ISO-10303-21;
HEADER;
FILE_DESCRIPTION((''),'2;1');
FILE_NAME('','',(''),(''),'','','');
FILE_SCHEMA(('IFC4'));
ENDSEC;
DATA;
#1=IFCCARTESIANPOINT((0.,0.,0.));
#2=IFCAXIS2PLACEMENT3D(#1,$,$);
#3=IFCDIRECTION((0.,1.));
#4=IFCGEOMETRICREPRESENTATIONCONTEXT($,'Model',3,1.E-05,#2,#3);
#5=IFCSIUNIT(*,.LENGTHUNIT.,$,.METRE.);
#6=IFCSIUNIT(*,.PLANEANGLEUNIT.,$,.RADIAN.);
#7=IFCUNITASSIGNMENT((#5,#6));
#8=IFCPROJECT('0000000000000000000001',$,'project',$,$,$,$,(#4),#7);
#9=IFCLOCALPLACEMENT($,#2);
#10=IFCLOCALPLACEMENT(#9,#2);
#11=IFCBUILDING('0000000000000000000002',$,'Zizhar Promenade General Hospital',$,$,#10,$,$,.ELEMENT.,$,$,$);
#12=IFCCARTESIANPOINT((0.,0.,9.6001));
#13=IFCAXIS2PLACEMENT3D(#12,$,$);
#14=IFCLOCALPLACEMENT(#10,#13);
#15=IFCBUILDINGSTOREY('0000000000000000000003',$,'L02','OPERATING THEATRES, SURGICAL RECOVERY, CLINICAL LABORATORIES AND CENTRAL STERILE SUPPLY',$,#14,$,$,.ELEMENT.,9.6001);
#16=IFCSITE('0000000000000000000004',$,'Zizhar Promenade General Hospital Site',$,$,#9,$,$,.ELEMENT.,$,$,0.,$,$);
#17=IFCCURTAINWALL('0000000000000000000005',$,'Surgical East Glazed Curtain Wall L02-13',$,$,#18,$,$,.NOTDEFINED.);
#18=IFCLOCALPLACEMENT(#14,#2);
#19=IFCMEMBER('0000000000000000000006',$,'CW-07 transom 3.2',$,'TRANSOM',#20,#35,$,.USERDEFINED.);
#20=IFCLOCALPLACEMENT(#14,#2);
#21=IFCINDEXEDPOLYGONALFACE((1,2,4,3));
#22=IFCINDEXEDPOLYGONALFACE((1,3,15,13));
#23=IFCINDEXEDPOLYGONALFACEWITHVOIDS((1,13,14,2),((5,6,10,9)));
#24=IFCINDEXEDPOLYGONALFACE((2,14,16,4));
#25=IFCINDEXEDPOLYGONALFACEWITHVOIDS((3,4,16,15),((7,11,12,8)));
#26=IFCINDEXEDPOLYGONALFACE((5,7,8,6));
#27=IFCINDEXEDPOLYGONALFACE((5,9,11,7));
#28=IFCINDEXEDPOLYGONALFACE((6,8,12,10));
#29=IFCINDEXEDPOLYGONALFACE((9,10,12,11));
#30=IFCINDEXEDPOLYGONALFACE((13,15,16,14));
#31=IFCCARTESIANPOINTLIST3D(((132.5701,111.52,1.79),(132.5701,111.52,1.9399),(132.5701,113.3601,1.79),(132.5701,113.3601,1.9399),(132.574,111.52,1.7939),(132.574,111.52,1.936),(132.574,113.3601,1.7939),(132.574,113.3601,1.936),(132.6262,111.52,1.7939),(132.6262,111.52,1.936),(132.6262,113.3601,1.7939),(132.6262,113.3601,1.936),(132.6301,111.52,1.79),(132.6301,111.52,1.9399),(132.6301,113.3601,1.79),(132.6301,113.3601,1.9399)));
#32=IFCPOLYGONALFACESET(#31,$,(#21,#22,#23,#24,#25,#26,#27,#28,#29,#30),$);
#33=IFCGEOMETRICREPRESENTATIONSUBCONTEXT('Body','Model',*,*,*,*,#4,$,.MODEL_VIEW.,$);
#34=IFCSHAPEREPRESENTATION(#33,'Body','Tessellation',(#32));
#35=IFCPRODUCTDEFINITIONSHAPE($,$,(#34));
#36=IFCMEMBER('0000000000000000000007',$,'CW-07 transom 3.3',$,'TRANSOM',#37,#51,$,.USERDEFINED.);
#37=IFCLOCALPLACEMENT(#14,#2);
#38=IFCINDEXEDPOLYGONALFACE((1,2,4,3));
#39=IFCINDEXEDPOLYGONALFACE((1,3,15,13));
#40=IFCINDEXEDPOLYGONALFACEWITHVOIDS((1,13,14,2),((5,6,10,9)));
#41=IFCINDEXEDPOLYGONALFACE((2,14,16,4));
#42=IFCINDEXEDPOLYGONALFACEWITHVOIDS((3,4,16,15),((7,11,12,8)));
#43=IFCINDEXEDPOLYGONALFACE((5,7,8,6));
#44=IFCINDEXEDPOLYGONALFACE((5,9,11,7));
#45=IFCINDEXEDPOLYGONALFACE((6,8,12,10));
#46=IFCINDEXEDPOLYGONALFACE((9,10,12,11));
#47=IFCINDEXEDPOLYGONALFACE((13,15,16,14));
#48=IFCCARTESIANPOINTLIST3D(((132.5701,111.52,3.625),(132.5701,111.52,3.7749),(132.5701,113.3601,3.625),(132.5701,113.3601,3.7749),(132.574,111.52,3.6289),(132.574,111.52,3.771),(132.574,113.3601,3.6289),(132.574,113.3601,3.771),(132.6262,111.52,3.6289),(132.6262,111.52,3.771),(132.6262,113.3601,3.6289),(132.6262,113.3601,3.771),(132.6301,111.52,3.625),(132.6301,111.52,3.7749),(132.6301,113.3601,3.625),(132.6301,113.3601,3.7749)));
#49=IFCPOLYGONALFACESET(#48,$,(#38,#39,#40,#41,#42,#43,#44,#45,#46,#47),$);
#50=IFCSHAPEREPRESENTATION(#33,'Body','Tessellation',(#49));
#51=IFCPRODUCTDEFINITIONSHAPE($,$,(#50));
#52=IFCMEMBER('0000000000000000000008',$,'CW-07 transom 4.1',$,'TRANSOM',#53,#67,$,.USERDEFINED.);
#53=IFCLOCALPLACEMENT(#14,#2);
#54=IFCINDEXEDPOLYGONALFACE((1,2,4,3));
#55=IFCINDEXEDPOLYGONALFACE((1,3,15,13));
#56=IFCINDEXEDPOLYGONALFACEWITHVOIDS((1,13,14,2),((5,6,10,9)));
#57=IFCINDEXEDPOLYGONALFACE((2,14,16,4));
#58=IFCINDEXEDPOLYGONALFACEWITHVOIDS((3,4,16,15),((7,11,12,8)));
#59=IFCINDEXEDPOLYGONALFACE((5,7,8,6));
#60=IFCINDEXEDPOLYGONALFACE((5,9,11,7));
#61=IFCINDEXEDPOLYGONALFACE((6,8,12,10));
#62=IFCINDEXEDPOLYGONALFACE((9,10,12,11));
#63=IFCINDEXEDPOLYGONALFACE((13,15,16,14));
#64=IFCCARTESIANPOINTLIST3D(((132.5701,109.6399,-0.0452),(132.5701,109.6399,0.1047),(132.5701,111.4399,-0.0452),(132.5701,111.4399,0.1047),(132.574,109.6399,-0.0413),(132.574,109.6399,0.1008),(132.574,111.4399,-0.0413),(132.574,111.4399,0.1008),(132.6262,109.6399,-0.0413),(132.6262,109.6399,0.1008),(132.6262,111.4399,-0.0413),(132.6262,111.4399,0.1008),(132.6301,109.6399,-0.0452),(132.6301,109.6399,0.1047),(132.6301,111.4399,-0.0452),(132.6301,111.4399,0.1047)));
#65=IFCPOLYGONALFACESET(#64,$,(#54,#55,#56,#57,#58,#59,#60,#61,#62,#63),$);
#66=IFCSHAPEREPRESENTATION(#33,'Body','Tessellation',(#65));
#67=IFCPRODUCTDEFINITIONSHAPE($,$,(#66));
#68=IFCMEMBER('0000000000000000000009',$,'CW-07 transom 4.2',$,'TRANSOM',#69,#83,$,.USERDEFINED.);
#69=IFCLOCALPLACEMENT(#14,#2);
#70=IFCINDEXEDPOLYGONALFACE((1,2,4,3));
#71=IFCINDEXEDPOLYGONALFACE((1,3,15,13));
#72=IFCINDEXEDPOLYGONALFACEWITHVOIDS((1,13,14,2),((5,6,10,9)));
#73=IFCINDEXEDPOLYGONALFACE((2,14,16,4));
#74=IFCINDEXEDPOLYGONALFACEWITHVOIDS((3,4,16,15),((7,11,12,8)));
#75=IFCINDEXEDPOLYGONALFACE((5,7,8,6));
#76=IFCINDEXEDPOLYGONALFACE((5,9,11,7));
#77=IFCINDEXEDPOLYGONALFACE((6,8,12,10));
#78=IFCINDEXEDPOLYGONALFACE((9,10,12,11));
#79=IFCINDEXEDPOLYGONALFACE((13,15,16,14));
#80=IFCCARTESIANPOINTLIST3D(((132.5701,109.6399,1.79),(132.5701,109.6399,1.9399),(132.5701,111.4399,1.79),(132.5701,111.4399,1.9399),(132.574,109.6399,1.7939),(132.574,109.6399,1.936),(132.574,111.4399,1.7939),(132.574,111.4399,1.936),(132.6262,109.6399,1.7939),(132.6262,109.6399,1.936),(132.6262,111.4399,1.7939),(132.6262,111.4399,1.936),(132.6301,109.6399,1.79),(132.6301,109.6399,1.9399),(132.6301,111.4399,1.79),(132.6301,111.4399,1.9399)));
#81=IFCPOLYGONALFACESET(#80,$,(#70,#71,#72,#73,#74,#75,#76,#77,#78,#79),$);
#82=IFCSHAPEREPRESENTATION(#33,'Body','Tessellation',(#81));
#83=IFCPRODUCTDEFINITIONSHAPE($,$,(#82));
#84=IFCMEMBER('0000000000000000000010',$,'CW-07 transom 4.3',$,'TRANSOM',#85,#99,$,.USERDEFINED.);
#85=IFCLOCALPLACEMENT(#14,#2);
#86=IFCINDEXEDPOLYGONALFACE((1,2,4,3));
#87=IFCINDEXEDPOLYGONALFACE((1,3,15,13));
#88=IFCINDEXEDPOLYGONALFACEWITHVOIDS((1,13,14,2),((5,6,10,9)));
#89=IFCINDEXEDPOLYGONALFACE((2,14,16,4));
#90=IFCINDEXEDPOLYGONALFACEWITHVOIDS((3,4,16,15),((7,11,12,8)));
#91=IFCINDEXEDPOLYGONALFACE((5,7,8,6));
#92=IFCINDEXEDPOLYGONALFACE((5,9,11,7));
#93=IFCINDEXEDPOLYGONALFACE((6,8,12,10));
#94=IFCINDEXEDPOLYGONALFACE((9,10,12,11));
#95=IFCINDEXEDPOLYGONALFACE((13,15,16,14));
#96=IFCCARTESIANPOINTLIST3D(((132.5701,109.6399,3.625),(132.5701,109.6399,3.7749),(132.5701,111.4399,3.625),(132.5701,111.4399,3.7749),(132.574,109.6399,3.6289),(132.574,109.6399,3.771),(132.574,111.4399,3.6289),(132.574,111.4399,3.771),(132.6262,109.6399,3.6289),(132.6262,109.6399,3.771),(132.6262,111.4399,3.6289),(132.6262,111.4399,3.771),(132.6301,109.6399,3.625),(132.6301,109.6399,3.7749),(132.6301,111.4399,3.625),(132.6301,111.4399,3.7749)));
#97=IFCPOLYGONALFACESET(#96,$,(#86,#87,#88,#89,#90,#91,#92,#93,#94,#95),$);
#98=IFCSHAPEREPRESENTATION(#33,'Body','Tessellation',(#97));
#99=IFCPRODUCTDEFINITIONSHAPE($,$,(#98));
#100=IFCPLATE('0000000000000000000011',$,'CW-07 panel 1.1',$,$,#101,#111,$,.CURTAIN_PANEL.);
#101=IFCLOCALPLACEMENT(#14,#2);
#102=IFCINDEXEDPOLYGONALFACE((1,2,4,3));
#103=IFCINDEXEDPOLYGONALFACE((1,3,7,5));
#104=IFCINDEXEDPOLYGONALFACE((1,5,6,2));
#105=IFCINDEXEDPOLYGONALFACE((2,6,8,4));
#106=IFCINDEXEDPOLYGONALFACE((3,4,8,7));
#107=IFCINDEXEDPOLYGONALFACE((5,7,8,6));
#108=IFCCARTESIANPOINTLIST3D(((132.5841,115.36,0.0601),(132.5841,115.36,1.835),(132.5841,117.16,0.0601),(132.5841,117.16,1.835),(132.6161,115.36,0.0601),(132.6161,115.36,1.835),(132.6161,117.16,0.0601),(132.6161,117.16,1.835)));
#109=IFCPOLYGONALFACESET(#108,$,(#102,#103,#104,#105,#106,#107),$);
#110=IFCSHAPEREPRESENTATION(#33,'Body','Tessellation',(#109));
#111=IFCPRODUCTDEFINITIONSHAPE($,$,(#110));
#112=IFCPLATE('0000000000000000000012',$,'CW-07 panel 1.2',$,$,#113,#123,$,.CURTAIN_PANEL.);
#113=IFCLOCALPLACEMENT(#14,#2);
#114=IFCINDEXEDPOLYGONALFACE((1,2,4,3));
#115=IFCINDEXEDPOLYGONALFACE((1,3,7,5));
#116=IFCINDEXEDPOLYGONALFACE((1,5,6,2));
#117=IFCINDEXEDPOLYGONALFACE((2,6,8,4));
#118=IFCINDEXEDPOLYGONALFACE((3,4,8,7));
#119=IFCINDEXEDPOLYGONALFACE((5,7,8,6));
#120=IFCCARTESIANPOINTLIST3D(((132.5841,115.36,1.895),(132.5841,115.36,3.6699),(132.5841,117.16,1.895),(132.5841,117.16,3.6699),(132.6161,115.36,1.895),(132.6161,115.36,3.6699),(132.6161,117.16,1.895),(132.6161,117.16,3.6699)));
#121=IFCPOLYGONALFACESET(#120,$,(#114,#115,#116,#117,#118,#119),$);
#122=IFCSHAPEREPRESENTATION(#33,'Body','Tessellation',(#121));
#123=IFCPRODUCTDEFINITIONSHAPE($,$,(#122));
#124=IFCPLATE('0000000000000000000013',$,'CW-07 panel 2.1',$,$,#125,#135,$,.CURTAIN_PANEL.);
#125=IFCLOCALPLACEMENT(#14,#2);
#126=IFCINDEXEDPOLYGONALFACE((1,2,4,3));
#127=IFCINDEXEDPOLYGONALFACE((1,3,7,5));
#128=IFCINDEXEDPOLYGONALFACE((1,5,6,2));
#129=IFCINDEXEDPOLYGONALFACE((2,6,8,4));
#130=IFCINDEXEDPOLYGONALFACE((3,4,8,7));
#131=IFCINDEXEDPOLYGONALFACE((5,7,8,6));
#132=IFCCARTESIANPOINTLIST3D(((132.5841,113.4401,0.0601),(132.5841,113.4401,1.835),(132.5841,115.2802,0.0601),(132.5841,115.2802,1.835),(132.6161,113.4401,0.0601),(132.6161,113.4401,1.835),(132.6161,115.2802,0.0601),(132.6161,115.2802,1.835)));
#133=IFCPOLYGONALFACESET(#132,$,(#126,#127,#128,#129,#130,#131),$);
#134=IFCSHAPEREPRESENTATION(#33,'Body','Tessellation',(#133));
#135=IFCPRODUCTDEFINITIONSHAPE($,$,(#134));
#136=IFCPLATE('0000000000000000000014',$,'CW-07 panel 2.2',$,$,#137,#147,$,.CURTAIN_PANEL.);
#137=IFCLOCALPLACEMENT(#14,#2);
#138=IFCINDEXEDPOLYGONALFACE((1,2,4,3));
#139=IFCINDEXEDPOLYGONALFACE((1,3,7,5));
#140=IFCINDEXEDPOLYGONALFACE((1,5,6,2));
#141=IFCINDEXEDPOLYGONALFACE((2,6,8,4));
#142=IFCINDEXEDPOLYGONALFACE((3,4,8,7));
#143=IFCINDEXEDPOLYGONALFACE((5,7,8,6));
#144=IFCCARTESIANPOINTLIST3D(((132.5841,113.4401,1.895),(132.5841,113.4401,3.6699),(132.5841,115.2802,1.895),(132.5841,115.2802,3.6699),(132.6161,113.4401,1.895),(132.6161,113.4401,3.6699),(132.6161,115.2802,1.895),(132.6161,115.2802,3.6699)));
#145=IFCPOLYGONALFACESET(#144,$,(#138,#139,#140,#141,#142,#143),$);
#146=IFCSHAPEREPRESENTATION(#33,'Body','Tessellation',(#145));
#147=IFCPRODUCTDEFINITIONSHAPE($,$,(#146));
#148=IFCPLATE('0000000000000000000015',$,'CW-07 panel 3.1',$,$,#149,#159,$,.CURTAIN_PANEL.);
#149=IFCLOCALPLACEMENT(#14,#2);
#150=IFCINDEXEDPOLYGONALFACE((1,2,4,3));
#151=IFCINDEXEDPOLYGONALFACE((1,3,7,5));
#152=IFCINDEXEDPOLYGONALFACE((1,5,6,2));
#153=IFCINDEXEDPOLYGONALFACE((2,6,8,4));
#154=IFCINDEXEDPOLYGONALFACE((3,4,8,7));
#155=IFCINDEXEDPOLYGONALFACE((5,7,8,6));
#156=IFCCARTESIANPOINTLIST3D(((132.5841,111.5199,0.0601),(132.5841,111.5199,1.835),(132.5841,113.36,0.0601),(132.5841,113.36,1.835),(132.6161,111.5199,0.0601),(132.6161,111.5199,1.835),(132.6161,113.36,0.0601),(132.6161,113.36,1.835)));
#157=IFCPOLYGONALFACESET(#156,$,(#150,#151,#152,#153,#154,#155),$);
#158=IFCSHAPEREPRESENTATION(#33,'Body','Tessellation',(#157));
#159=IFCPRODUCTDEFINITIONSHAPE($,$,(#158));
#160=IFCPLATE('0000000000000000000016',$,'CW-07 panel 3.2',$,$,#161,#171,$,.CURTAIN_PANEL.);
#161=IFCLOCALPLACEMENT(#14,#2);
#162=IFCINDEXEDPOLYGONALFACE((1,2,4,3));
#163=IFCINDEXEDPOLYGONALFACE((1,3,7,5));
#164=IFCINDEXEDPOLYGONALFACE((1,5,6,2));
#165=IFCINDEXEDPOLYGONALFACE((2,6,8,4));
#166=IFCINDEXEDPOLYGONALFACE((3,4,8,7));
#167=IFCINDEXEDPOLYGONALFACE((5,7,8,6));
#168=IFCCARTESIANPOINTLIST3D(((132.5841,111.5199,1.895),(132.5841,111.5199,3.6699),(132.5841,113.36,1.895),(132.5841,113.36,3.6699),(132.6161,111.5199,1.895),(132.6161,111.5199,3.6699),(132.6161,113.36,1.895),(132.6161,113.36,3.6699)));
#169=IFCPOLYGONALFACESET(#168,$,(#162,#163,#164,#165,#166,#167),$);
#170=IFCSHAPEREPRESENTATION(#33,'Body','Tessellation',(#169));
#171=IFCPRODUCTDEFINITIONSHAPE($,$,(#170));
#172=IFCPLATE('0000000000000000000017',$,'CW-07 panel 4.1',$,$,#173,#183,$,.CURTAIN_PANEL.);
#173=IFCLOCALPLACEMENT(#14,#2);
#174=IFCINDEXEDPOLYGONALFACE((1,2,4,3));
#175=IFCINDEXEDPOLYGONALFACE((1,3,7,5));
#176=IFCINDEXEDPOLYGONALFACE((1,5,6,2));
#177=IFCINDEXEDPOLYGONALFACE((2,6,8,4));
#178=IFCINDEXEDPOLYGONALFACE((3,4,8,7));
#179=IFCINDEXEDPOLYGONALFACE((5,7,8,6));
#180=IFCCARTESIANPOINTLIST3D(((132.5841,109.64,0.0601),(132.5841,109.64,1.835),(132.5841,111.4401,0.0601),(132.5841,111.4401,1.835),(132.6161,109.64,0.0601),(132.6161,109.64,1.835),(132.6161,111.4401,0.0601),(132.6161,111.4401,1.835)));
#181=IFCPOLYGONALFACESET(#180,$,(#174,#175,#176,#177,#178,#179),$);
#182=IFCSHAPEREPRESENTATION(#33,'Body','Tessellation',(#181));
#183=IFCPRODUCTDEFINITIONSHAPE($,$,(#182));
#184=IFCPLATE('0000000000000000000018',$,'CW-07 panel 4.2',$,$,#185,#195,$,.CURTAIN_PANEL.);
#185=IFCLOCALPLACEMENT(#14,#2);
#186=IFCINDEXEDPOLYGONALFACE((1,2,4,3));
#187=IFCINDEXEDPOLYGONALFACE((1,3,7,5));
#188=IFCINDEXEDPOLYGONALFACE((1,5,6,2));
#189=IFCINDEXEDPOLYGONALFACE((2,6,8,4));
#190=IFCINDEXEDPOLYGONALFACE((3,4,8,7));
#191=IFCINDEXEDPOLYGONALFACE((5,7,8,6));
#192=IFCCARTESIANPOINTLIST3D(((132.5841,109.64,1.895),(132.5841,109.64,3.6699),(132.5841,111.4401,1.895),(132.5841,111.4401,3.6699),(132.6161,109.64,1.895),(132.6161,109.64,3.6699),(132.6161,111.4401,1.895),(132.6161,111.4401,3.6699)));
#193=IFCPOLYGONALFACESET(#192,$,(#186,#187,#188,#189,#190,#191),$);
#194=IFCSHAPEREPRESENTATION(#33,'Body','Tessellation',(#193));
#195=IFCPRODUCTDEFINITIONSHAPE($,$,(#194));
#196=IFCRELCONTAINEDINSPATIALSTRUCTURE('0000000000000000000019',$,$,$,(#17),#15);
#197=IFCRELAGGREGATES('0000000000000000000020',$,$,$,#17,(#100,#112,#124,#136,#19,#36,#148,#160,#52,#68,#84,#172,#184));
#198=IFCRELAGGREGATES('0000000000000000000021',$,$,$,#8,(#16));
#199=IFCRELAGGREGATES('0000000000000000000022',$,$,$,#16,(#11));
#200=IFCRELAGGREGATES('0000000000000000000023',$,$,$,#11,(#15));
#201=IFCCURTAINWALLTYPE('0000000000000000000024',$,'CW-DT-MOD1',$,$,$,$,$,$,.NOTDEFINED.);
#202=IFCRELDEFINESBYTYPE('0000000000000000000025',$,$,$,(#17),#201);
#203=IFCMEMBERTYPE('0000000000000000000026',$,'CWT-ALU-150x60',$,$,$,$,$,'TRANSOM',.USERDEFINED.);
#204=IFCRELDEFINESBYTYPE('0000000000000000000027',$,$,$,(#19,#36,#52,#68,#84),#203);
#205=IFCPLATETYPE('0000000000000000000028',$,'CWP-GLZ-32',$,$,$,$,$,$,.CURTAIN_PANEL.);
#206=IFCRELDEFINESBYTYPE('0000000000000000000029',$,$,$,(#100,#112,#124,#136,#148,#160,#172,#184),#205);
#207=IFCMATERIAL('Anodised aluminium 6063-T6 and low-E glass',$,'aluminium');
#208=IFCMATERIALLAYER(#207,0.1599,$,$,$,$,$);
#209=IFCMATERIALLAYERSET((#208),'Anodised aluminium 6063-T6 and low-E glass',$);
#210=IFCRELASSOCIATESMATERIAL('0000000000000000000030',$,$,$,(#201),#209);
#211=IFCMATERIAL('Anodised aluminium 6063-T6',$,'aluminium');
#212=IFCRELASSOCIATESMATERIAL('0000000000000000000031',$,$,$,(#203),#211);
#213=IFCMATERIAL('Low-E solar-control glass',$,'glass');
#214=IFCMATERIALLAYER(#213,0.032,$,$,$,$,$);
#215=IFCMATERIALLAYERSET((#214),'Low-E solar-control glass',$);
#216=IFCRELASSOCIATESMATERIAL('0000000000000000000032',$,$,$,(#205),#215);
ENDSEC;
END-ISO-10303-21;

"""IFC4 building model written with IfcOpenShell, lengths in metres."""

from ifc_helpers import new_model, si_unit, direction, frame, origin, origin_2d, place, context, subcontext, project, spatial, rectangle, hollow_rectangle, extrude, material, layer, layer_set, material_profile, profile_set, type_object, element, aggregate, save


model = new_model("IFC4")

# Units and contexts
model_context = context("Model", 3, precision=1e-05, world=origin(), true_north=direction((0.0, 1.0)))
body_context = subcontext(model_context, "Body", "Model", "MODEL_VIEW")
ifc_project = project(units=[si_unit("LENGTHUNIT", "METRE"), si_unit("PLANEANGLEUNIT", "RADIAN")], contexts=[model_context])

# Site, building, storey
site_placement = place(None, origin())
site = spatial("IfcSite", under=ifc_project, at=site_placement, Name="Zizhar Promenade General Hospital Site", CompositionType="ELEMENT", RefElevation=0.0)
building_placement = place(site_placement, origin())
building = spatial("IfcBuilding", under=site, at=building_placement, Name="Zizhar Promenade General Hospital", CompositionType="ELEMENT")
storey_placement = place(building_placement, frame((0.0, 0.0, 9.6001)))
storey = spatial("IfcBuildingStorey", under=building, at=storey_placement, Name="L02", Description="OPERATING THEATRES, SURGICAL RECOVERY, CLINICAL LABORATORIES AND CENTRAL STERILE SUPPLY", CompositionType="ELEMENT", Elevation=9.6001)

# Curtain wall, members, plates
ifc_material_1 = material(Name="Anodised aluminium 6063-T6 and low-E glass", Category="aluminium")
ifc_layer_1 = layer(ifc_material_1, 0.1599)
ifc_layer_set_1 = layer_set([ifc_layer_1], Name="Anodised aluminium 6063-T6 and low-E glass")
curtain_wall_type = type_object("IfcCurtainWallType", Name="CW-DT-MOD1", PredefinedType="NOTDEFINED", material=ifc_layer_set_1)
curtain_wall_placement = place(storey_placement, origin())
curtain_wall = element("IfcCurtainWall", 1, at=curtain_wall_placement, inside=storey, type_object=curtain_wall_type, Name="Surgical East Glazed Curtain Wall L02-13", PredefinedType="NOTDEFINED")
ifc_material_2 = material(Name="Anodised aluminium 6063-T6", Category="aluminium")
ifc_material_profile_1 = material_profile(ifc_material_2, hollow_rectangle(XDim=0.0601, YDim=0.1499, WallThickness=0.0039, at=origin_2d()))
ifc_profile_set_1 = profile_set([ifc_material_profile_1], Name="Anodised aluminium 6063-T6")
member_type_1 = type_object("IfcMemberType", Name="CWT-ALU-150x60", ElementType="TRANSOM", PredefinedType="USERDEFINED", material=ifc_profile_set_1)
member_1_placement = place(storey_placement, frame((132.6001, 113.3601, 1.865), z_axis=(0.0, -1.0, 0.0), x_axis=(1.0, 0.0, 0.0)))
member_1 = element("IfcMember", 2, at=member_1_placement, type_object=member_type_1, Name="CW-07 transom 3.2", ObjectType="TRANSOM", PredefinedType="USERDEFINED", context=body_context, shape_type="SweptSolid", body=[
    extrude(hollow_rectangle(XDim=0.0601, YDim=0.1499, WallThickness=0.0039, at=origin_2d()), origin(), (0.0, 0.0, 1.0), 1.8401),
])
member_2_placement = place(storey_placement, frame((132.6001, 113.3601, 3.7), z_axis=(0.0, -1.0, 0.0), x_axis=(1.0, 0.0, 0.0)))
member_2 = element("IfcMember", 3, at=member_2_placement, type_object=member_type_1, Name="CW-07 transom 3.3", ObjectType="TRANSOM", PredefinedType="USERDEFINED", context=body_context, shape_type="SweptSolid", body=[
    extrude(hollow_rectangle(XDim=0.0601, YDim=0.1499, WallThickness=0.0039, at=origin_2d()), origin(), (0.0, 0.0, 1.0), 1.8401),
])
member_3_placement = place(storey_placement, frame((132.6001, 111.4399, 0.0298), z_axis=(0.0, -1.0, 0.0), x_axis=(1.0, 0.0, 0.0)))
member_3 = element("IfcMember", 4, at=member_3_placement, type_object=member_type_1, Name="CW-07 transom 4.1", ObjectType="TRANSOM", PredefinedType="USERDEFINED", context=body_context, shape_type="SweptSolid", body=[
    extrude(hollow_rectangle(XDim=0.0601, YDim=0.1499, WallThickness=0.0039, at=origin_2d()), origin(), (0.0, 0.0, 1.0), 1.8),
])
member_4_placement = place(storey_placement, frame((132.6001, 111.4399, 1.865), z_axis=(0.0, -1.0, 0.0), x_axis=(1.0, 0.0, 0.0)))
member_4 = element("IfcMember", 5, at=member_4_placement, type_object=member_type_1, Name="CW-07 transom 4.2", ObjectType="TRANSOM", PredefinedType="USERDEFINED", context=body_context, shape_type="SweptSolid", body=[
    extrude(hollow_rectangle(XDim=0.0601, YDim=0.1499, WallThickness=0.0039, at=origin_2d()), origin(), (0.0, 0.0, 1.0), 1.8),
])
member_5_placement = place(storey_placement, frame((132.6001, 111.4399, 3.7), z_axis=(0.0, -1.0, 0.0), x_axis=(1.0, 0.0, 0.0)))
member_5 = element("IfcMember", 6, at=member_5_placement, type_object=member_type_1, Name="CW-07 transom 4.3", ObjectType="TRANSOM", PredefinedType="USERDEFINED", context=body_context, shape_type="SweptSolid", body=[
    extrude(hollow_rectangle(XDim=0.0601, YDim=0.1499, WallThickness=0.0039, at=origin_2d()), origin(), (0.0, 0.0, 1.0), 1.8),
])
ifc_material_3 = material(Name="Low-E solar-control glass", Category="glass")
ifc_layer_2 = layer(ifc_material_3, 0.032)
ifc_layer_set_2 = layer_set([ifc_layer_2], Name="Low-E solar-control glass")
plate_type = type_object("IfcPlateType", Name="CWP-GLZ-32", PredefinedType="CURTAIN_PANEL", material=ifc_layer_set_2)
plate_1_placement = place(storey_placement, frame((132.6001, 116.26, 0.0601), z_axis=(0.0, 0.0, 1.0), x_axis=(0.0, -1.0, 0.0)))
plate_1 = element("IfcPlate", 7, at=plate_1_placement, type_object=plate_type, Name="CW-07 panel 1.1", PredefinedType="CURTAIN_PANEL", context=body_context, shape_type="SweptSolid", body=[
    extrude(rectangle(XDim=1.8, YDim=0.032, at=origin_2d()), origin(), (0.0, 0.0, 1.0), 1.7749),
])
plate_2_placement = place(storey_placement, frame((132.6001, 116.26, 1.895), z_axis=(0.0, 0.0, 1.0), x_axis=(0.0, -1.0, 0.0)))
plate_2 = element("IfcPlate", 8, at=plate_2_placement, type_object=plate_type, Name="CW-07 panel 1.2", PredefinedType="CURTAIN_PANEL", context=body_context, shape_type="SweptSolid", body=[
    extrude(rectangle(XDim=1.8, YDim=0.032, at=origin_2d()), origin(), (0.0, 0.0, 1.0), 1.7749),
])
plate_3_placement = place(storey_placement, frame((132.6001, 114.3601, 0.0601), z_axis=(0.0, 0.0, 1.0), x_axis=(0.0, -1.0, 0.0)))
plate_3 = element("IfcPlate", 9, at=plate_3_placement, type_object=plate_type, Name="CW-07 panel 2.1", PredefinedType="CURTAIN_PANEL", context=body_context, shape_type="SweptSolid", body=[
    extrude(rectangle(XDim=1.8401, YDim=0.032, at=origin_2d()), origin(), (0.0, 0.0, 1.0), 1.7749),
])
plate_4_placement = place(storey_placement, frame((132.6001, 114.3601, 1.895), z_axis=(0.0, 0.0, 1.0), x_axis=(0.0, -1.0, 0.0)))
plate_4 = element("IfcPlate", 10, at=plate_4_placement, type_object=plate_type, Name="CW-07 panel 2.2", PredefinedType="CURTAIN_PANEL", context=body_context, shape_type="SweptSolid", body=[
    extrude(rectangle(XDim=1.8401, YDim=0.032, at=origin_2d()), origin(), (0.0, 0.0, 1.0), 1.7749),
])
plate_5_placement = place(storey_placement, frame((132.6001, 112.4399, 0.0601), z_axis=(0.0, 0.0, 1.0), x_axis=(0.0, -1.0, 0.0)))
plate_5 = element("IfcPlate", 11, at=plate_5_placement, type_object=plate_type, Name="CW-07 panel 3.1", PredefinedType="CURTAIN_PANEL", context=body_context, shape_type="SweptSolid", body=[
    extrude(rectangle(XDim=1.8401, YDim=0.032, at=origin_2d()), origin(), (0.0, 0.0, 1.0), 1.7749),
])
plate_6_placement = place(storey_placement, frame((132.6001, 112.4399, 1.895), z_axis=(0.0, 0.0, 1.0), x_axis=(0.0, -1.0, 0.0)))
plate_6 = element("IfcPlate", 12, at=plate_6_placement, type_object=plate_type, Name="CW-07 panel 3.2", PredefinedType="CURTAIN_PANEL", context=body_context, shape_type="SweptSolid", body=[
    extrude(rectangle(XDim=1.8401, YDim=0.032, at=origin_2d()), origin(), (0.0, 0.0, 1.0), 1.7749),
])
plate_7_placement = place(storey_placement, frame((132.6001, 110.54, 0.0601), z_axis=(0.0, 0.0, 1.0), x_axis=(0.0, -1.0, 0.0)))
plate_7 = element("IfcPlate", 13, at=plate_7_placement, type_object=plate_type, Name="CW-07 panel 4.1", PredefinedType="CURTAIN_PANEL", context=body_context, shape_type="SweptSolid", body=[
    extrude(rectangle(XDim=1.8, YDim=0.032, at=origin_2d()), origin(), (0.0, 0.0, 1.0), 1.7749),
])
plate_8_placement = place(storey_placement, frame((132.6001, 110.54, 1.895), z_axis=(0.0, 0.0, 1.0), x_axis=(0.0, -1.0, 0.0)))
plate_8 = element("IfcPlate", 14, at=plate_8_placement, type_object=plate_type, Name="CW-07 panel 4.2", PredefinedType="CURTAIN_PANEL", context=body_context, shape_type="SweptSolid", body=[
    extrude(rectangle(XDim=1.8, YDim=0.032, at=origin_2d()), origin(), (0.0, 0.0, 1.0), 1.7749),
])
aggregate(curtain_wall, [plate_1, plate_2, plate_3, plate_4, member_1, member_2, plate_5, plate_6, member_3, member_4, member_5, plate_7, plate_8])

save(model, "model.ifc")
